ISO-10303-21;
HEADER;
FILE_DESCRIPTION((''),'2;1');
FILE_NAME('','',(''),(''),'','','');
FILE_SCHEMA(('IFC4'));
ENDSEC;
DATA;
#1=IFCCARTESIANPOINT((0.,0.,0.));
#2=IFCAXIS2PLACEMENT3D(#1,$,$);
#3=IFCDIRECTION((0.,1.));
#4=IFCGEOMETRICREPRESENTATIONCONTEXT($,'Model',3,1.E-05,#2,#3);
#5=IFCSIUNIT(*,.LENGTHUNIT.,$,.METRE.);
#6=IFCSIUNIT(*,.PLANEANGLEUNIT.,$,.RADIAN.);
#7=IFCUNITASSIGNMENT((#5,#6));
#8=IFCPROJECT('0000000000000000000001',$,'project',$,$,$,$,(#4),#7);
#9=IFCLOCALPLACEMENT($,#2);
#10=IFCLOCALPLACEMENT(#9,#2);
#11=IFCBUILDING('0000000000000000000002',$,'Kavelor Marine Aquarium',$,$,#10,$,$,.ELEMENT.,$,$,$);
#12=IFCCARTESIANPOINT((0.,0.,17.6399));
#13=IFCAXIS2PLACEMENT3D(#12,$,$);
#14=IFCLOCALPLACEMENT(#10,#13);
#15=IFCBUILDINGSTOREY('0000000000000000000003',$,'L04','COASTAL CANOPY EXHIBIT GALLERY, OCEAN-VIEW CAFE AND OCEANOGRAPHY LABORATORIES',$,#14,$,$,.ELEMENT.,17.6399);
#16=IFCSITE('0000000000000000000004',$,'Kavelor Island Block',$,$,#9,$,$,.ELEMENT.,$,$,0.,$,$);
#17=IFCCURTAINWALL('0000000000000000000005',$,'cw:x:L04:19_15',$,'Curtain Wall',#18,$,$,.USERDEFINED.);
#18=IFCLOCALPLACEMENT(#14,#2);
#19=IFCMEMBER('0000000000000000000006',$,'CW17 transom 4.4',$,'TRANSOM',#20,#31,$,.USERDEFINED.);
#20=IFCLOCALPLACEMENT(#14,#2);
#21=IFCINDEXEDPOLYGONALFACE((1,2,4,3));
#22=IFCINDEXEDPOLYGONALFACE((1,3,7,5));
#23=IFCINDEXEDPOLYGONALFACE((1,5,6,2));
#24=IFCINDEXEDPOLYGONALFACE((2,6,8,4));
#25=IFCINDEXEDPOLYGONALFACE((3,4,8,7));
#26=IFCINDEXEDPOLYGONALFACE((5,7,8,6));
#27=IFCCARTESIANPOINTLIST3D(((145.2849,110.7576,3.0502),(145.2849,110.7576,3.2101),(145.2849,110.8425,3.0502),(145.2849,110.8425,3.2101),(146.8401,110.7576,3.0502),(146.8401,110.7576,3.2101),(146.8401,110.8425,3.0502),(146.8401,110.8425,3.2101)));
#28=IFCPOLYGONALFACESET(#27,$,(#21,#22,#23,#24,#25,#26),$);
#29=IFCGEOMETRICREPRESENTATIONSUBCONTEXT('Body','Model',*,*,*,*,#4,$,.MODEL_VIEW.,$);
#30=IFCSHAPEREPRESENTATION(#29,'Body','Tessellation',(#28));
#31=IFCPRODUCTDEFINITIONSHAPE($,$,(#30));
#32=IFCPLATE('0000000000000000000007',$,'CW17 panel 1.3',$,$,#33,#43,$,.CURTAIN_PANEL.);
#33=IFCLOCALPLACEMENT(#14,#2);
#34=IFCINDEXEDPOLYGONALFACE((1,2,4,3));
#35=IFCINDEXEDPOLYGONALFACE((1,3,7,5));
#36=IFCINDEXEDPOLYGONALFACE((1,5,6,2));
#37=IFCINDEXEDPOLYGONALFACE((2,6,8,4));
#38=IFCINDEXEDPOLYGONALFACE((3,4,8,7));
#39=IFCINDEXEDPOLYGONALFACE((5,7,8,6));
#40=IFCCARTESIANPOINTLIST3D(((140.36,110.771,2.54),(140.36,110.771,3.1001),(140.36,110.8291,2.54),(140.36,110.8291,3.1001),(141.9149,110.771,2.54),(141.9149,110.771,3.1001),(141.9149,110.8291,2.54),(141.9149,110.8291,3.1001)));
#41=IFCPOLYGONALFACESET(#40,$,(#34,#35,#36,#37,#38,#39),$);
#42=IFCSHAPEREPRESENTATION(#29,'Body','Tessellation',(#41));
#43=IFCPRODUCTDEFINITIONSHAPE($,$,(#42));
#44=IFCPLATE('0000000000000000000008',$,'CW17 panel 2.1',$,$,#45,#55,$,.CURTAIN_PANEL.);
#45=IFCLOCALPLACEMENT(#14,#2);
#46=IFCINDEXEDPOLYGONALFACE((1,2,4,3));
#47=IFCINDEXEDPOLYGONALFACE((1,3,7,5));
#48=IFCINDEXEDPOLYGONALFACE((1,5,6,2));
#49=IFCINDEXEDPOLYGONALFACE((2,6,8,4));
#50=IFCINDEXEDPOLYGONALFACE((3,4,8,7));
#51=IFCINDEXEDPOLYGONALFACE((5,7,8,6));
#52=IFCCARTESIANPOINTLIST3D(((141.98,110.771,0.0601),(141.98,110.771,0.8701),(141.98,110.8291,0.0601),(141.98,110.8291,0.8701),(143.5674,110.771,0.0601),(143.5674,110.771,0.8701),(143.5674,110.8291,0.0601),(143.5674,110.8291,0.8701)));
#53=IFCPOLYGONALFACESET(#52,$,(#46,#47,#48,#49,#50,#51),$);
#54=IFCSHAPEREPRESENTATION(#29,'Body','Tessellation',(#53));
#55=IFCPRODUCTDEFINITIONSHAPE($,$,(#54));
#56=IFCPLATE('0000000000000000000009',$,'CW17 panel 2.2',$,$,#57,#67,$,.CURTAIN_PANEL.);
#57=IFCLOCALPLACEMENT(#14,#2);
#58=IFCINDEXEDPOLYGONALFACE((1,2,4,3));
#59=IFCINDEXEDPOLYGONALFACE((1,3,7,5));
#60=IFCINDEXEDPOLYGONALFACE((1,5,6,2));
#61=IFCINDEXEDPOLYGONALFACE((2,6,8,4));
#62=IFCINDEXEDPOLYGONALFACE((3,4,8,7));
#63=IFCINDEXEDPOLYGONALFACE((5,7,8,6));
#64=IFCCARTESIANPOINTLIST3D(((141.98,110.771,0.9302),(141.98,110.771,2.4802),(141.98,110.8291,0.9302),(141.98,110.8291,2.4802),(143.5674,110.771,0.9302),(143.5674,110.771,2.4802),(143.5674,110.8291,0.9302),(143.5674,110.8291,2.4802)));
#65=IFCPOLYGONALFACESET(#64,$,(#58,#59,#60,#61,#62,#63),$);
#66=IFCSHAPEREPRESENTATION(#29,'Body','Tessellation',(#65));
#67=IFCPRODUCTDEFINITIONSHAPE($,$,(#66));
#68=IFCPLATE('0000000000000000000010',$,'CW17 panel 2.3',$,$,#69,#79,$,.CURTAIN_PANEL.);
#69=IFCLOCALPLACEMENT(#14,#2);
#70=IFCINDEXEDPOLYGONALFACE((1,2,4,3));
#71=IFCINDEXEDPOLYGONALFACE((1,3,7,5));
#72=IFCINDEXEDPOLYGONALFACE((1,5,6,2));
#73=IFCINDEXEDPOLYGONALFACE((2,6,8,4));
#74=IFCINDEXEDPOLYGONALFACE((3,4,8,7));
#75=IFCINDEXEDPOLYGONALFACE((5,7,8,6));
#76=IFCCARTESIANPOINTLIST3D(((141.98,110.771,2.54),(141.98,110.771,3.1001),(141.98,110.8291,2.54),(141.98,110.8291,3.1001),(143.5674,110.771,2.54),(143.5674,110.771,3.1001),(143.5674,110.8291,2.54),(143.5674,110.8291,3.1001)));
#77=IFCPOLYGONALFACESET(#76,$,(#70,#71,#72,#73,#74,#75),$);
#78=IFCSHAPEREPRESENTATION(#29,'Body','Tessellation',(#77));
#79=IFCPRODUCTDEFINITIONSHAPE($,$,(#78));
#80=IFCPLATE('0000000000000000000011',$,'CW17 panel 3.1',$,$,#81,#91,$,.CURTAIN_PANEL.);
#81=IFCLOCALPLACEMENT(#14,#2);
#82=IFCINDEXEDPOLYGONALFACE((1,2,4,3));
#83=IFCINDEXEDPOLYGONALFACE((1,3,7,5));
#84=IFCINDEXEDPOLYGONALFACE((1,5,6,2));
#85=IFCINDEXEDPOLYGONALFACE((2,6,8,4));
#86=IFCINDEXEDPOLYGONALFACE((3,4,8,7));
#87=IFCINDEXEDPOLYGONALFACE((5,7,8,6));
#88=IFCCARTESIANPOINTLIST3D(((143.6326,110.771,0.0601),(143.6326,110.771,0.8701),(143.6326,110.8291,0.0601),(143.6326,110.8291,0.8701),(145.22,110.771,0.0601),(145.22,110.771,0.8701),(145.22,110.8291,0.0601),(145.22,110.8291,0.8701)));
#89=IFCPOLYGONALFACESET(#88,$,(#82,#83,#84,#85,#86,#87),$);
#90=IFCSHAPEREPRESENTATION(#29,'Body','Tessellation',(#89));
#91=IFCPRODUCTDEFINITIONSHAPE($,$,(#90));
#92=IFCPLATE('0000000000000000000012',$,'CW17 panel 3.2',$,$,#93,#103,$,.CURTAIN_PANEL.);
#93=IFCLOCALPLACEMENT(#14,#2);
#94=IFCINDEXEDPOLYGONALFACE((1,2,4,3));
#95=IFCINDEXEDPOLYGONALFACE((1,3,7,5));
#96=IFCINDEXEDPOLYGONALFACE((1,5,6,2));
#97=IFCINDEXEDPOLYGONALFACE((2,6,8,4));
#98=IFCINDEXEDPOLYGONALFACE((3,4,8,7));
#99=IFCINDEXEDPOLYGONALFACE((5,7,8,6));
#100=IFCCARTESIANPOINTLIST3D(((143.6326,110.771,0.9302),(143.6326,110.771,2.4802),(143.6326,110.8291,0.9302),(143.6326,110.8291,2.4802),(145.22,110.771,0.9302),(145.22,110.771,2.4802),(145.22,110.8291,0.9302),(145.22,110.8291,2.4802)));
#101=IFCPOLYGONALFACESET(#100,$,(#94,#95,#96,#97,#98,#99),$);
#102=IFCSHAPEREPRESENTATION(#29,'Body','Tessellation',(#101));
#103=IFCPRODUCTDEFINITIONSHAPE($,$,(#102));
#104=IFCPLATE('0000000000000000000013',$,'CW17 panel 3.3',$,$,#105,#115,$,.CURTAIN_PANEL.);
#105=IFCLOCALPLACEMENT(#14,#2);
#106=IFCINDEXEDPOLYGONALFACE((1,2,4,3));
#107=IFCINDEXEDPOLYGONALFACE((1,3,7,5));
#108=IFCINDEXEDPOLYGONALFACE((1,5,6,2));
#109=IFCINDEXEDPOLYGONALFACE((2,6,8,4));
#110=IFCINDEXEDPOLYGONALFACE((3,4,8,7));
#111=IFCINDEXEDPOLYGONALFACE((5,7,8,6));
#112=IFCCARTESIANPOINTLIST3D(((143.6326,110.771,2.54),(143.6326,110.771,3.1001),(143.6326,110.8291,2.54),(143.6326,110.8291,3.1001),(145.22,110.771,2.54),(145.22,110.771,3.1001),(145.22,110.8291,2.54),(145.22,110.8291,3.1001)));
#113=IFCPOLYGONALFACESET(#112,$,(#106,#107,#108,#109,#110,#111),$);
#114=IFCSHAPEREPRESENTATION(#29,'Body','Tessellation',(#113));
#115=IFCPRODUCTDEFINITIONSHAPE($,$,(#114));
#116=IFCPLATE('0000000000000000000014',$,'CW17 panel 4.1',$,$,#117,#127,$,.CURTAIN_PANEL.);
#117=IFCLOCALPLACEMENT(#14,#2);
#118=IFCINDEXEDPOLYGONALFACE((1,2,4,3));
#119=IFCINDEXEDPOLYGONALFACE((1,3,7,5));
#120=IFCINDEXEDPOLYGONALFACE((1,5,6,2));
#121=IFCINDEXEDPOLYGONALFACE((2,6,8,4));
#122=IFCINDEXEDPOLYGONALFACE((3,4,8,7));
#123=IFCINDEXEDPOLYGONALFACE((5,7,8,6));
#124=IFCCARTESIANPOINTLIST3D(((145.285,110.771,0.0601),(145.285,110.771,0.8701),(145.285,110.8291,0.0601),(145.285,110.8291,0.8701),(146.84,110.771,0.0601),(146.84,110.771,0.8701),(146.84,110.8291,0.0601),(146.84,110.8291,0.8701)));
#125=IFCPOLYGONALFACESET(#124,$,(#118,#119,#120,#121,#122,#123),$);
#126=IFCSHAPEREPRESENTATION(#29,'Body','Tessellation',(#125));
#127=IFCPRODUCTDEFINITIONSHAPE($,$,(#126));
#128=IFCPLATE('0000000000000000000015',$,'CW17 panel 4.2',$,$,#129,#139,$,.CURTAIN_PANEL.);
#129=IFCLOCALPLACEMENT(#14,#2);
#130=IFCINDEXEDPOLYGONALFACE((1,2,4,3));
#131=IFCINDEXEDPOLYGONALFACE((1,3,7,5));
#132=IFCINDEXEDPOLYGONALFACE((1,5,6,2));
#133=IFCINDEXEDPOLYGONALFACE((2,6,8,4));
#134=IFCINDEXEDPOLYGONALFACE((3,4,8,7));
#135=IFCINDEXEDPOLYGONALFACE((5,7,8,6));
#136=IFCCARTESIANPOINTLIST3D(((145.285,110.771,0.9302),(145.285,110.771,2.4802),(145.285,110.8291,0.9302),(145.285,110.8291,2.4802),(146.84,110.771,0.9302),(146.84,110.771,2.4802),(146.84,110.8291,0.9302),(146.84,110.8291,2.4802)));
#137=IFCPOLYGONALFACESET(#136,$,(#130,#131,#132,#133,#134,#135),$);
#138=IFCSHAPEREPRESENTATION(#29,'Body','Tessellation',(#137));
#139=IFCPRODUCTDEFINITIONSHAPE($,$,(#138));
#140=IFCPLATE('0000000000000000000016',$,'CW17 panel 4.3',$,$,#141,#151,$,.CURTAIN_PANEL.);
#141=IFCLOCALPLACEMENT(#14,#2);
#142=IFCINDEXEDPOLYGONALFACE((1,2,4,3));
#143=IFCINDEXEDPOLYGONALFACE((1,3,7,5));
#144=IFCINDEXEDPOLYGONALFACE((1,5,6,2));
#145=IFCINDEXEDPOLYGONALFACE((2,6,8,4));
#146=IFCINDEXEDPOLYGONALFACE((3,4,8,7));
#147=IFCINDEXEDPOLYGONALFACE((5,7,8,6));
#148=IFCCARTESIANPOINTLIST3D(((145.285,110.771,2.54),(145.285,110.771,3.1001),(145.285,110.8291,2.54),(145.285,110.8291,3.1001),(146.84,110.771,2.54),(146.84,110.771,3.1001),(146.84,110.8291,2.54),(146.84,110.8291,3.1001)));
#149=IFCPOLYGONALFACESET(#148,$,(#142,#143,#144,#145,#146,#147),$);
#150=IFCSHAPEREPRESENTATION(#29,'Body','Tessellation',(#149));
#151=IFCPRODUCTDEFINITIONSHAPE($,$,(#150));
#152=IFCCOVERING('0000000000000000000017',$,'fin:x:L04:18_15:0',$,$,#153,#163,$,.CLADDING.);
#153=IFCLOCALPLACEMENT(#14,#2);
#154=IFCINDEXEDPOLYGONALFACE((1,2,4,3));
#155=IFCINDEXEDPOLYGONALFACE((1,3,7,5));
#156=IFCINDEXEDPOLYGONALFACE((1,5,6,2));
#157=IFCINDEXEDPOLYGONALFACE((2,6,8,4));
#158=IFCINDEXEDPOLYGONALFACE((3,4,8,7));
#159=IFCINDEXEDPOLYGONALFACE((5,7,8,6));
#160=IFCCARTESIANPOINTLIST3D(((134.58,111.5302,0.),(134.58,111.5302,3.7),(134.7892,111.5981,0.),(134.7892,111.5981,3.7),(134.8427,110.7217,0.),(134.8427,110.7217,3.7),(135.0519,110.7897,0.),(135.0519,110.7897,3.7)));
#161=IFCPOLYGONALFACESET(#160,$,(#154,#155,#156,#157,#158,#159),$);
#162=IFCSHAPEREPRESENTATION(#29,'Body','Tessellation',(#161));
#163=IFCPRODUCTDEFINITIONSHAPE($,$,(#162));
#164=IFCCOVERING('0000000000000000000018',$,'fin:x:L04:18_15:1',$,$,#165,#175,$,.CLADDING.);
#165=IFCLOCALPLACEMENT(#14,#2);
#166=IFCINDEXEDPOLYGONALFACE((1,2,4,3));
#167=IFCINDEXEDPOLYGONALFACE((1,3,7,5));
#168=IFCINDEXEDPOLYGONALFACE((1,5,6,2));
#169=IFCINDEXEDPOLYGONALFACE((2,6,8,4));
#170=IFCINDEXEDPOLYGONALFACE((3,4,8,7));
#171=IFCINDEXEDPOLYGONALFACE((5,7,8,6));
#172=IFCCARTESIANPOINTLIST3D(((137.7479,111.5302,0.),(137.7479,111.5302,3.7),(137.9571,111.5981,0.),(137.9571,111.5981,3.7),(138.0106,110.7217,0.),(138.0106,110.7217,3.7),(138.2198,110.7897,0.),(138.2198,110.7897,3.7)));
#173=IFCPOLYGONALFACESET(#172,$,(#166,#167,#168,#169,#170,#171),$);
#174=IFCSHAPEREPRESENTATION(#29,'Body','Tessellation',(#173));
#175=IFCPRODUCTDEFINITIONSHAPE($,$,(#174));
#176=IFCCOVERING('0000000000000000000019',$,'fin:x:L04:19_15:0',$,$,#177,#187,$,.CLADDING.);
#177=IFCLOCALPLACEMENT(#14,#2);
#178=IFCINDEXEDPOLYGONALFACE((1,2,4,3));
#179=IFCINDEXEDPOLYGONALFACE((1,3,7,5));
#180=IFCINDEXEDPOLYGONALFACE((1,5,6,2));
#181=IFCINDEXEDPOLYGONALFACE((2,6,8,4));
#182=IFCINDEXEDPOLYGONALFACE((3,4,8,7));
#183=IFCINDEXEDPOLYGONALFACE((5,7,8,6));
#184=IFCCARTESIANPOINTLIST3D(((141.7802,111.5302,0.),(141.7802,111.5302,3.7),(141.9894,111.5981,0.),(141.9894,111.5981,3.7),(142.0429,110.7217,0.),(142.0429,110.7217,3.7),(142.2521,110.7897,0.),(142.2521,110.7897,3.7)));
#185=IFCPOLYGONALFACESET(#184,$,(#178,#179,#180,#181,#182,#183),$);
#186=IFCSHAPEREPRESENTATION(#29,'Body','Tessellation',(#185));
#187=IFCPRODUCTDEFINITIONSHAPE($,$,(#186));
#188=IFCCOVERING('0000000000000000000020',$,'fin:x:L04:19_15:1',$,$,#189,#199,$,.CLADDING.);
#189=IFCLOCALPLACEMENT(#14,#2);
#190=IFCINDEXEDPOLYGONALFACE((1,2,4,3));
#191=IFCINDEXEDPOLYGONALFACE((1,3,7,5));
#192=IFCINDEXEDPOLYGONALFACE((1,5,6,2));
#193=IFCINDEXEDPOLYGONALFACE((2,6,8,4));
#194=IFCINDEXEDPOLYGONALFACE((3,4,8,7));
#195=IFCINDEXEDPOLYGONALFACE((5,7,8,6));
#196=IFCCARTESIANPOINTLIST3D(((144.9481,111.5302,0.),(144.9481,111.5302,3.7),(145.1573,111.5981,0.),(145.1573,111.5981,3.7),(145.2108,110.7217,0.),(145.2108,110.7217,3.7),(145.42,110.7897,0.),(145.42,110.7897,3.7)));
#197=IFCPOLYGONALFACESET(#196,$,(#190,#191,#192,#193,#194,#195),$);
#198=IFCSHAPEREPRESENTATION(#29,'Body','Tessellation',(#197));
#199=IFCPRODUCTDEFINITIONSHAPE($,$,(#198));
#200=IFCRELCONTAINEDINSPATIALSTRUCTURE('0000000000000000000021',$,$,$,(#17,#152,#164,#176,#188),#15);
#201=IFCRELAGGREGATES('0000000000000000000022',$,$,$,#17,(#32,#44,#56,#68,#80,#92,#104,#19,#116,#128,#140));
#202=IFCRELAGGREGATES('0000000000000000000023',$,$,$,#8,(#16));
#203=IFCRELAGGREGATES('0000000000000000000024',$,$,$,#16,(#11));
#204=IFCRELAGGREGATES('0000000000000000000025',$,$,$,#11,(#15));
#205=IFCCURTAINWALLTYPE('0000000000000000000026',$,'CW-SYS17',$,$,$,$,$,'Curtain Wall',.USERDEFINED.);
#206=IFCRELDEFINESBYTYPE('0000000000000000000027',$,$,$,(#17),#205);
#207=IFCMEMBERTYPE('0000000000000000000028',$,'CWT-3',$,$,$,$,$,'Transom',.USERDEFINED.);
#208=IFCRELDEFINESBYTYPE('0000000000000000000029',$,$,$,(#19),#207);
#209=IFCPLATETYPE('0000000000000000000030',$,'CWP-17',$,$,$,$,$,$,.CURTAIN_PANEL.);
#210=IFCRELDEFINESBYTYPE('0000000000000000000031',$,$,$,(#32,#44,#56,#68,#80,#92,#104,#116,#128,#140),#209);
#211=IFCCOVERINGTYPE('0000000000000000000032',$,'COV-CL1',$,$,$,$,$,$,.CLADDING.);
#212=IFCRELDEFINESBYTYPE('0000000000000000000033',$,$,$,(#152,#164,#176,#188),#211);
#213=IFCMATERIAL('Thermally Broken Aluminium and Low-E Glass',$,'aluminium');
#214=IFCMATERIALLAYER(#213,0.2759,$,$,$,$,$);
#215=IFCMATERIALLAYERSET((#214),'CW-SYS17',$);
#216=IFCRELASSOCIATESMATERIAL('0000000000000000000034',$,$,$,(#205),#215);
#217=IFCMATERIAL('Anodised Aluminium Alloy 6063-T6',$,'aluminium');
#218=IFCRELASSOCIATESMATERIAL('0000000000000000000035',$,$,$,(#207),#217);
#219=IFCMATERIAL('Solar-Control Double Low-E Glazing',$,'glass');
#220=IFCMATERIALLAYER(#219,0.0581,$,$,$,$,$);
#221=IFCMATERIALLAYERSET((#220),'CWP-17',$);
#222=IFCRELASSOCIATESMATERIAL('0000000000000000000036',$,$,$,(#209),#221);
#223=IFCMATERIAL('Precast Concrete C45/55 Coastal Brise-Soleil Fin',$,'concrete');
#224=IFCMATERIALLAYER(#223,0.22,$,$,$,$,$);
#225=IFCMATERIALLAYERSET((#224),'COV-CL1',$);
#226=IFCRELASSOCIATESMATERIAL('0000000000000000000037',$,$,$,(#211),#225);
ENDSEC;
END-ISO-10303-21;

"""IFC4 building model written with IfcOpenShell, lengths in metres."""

from ifc_helpers import new_model, si_unit, direction, frame, origin, origin_2d, place, context, subcontext, project, spatial, rectangle, extrude, material, layer, layer_set, material_profile, profile_set, type_object, element, aggregate, save


model = new_model("IFC4")

# Units and contexts
model_context = context("Model", 3, precision=1e-05, world=origin(), true_north=direction((0.0, 1.0)))
body_context = subcontext(model_context, "Body", "Model", "MODEL_VIEW")
ifc_project = project(units=[si_unit("LENGTHUNIT", "METRE"), si_unit("PLANEANGLEUNIT", "RADIAN")], contexts=[model_context])

# Site, building, storey
site_placement = place(None, origin())
site = spatial("IfcSite", under=ifc_project, at=site_placement, Name="Kavelor Island Block", CompositionType="ELEMENT", RefElevation=0.0)
building_placement = place(site_placement, origin())
building = spatial("IfcBuilding", under=site, at=building_placement, Name="Kavelor Marine Aquarium", CompositionType="ELEMENT")
storey_placement = place(building_placement, frame((0.0, 0.0, 17.6399)))
storey = spatial("IfcBuildingStorey", under=building, at=storey_placement, Name="L04", Description="COASTAL CANOPY EXHIBIT GALLERY, OCEAN-VIEW CAFE AND OCEANOGRAPHY LABORATORIES", CompositionType="ELEMENT", Elevation=17.6399)

# Curtain wall, member, plates
ifc_material_1 = material(Name="Thermally Broken Aluminium and Low-E Glass", Category="aluminium")
ifc_layer_1 = layer(ifc_material_1, 0.2759)
ifc_layer_set_1 = layer_set([ifc_layer_1], Name="CW-SYS17")
curtain_wall_type = type_object("IfcCurtainWallType", Name="CW-SYS17", ElementType="Curtain Wall", PredefinedType="USERDEFINED", material=ifc_layer_set_1)
curtain_wall_placement = place(storey_placement, origin())
curtain_wall = element("IfcCurtainWall", 1, at=curtain_wall_placement, inside=storey, type_object=curtain_wall_type, Name="cw:x:L04:19_15", ObjectType="Curtain Wall", PredefinedType="USERDEFINED")
ifc_material_2 = material(Name="Anodised Aluminium Alloy 6063-T6", Category="aluminium")
ifc_material_profile_1 = material_profile(ifc_material_2, rectangle(XDim=0.085, YDim=0.1599, at=origin_2d()), Name="CW-TRN 85x160")
ifc_profile_set_1 = profile_set([ifc_material_profile_1], Name="Anodised Aluminium Alloy 6063-T6")
member_type_1 = type_object("IfcMemberType", Name="CWT-3", ElementType="Transom", PredefinedType="USERDEFINED", material=ifc_profile_set_1)
member_1_placement = place(storey_placement, frame((145.2849, 110.8, 3.1301), z_axis=(1.0, 0.0, 0.0), x_axis=(0.0, 1.0, 0.0)))
member_1 = element("IfcMember", 2, at=member_1_placement, type_object=member_type_1, Name="CW17 transom 4.4", ObjectType="TRANSOM", PredefinedType="USERDEFINED", context=body_context, shape_type="SweptSolid", body=[
    extrude(rectangle(XDim=0.085, YDim=0.1599, at=origin_2d()), origin(), (0.0, 0.0, 1.0), 1.5552),
])
ifc_material_3 = material(Name="Solar-Control Double Low-E Glazing", Category="glass")
ifc_layer_2 = layer(ifc_material_3, 0.0581)
ifc_layer_set_2 = layer_set([ifc_layer_2], Name="CWP-17")
plate_type = type_object("IfcPlateType", Name="CWP-17", PredefinedType="CURTAIN_PANEL", material=ifc_layer_set_2)
plate_1_placement = place(storey_placement, frame((141.1375, 110.8, 2.54), z_axis=(0.0, 0.0, 1.0), x_axis=(1.0, 0.0, 0.0)))
plate_1 = element("IfcPlate", 3, at=plate_1_placement, type_object=plate_type, Name="CW17 panel 1.3", PredefinedType="CURTAIN_PANEL", context=body_context, shape_type="SweptSolid", body=[
    extrude(rectangle(XDim=1.5549, YDim=0.0581, at=origin_2d()), origin(), (0.0, 0.0, 1.0), 0.5601),
])
plate_2_placement = place(storey_placement, frame((142.7737, 110.8, 0.0601), z_axis=(0.0, 0.0, 1.0), x_axis=(1.0, 0.0, 0.0)))
plate_2 = element("IfcPlate", 4, at=plate_2_placement, type_object=plate_type, Name="CW17 panel 2.1", PredefinedType="CURTAIN_PANEL", context=body_context, shape_type="SweptSolid", body=[
    extrude(rectangle(XDim=1.5874, YDim=0.0581, at=origin_2d()), origin(), (0.0, 0.0, 1.0), 0.8101),
])
plate_3_placement = place(storey_placement, frame((142.7737, 110.8, 0.9302), z_axis=(0.0, 0.0, 1.0), x_axis=(1.0, 0.0, 0.0)))
plate_3 = element("IfcPlate", 5, at=plate_3_placement, type_object=plate_type, Name="CW17 panel 2.2", PredefinedType="CURTAIN_PANEL", context=body_context, shape_type="SweptSolid", body=[
    extrude(rectangle(XDim=1.5874, YDim=0.0581, at=origin_2d()), origin(), (0.0, 0.0, 1.0), 1.55),
])
plate_4_placement = place(storey_placement, frame((142.7737, 110.8, 2.54), z_axis=(0.0, 0.0, 1.0), x_axis=(1.0, 0.0, 0.0)))
plate_4 = element("IfcPlate", 6, at=plate_4_placement, type_object=plate_type, Name="CW17 panel 2.3", PredefinedType="CURTAIN_PANEL", context=body_context, shape_type="SweptSolid", body=[
    extrude(rectangle(XDim=1.5874, YDim=0.0581, at=origin_2d()), origin(), (0.0, 0.0, 1.0), 0.5601),
])
plate_5_placement = place(storey_placement, frame((144.4263, 110.8, 0.0601), z_axis=(0.0, 0.0, 1.0), x_axis=(1.0, 0.0, 0.0)))
plate_5 = element("IfcPlate", 7, at=plate_5_placement, type_object=plate_type, Name="CW17 panel 3.1", PredefinedType="CURTAIN_PANEL", context=body_context, shape_type="SweptSolid", body=[
    extrude(rectangle(XDim=1.5874, YDim=0.0581, at=origin_2d()), origin(), (0.0, 0.0, 1.0), 0.8101),
])
plate_6_placement = place(storey_placement, frame((144.4263, 110.8, 0.9302), z_axis=(0.0, 0.0, 1.0), x_axis=(1.0, 0.0, 0.0)))
plate_6 = element("IfcPlate", 8, at=plate_6_placement, type_object=plate_type, Name="CW17 panel 3.2", PredefinedType="CURTAIN_PANEL", context=body_context, shape_type="SweptSolid", body=[
    extrude(rectangle(XDim=1.5874, YDim=0.0581, at=origin_2d()), origin(), (0.0, 0.0, 1.0), 1.55),
])
plate_7_placement = place(storey_placement, frame((144.4263, 110.8, 2.54), z_axis=(0.0, 0.0, 1.0), x_axis=(1.0, 0.0, 0.0)))
plate_7 = element("IfcPlate", 9, at=plate_7_placement, type_object=plate_type, Name="CW17 panel 3.3", PredefinedType="CURTAIN_PANEL", context=body_context, shape_type="SweptSolid", body=[
    extrude(rectangle(XDim=1.5874, YDim=0.0581, at=origin_2d()), origin(), (0.0, 0.0, 1.0), 0.5601),
])
plate_8_placement = place(storey_placement, frame((146.0625, 110.8, 0.0601), z_axis=(0.0, 0.0, 1.0), x_axis=(1.0, 0.0, 0.0)))
plate_8 = element("IfcPlate", 10, at=plate_8_placement, type_object=plate_type, Name="CW17 panel 4.1", PredefinedType="CURTAIN_PANEL", context=body_context, shape_type="SweptSolid", body=[
    extrude(rectangle(XDim=1.5549, YDim=0.0581, at=origin_2d()), origin(), (0.0, 0.0, 1.0), 0.8101),
])
plate_9_placement = place(storey_placement, frame((146.0625, 110.8, 0.9302), z_axis=(0.0, 0.0, 1.0), x_axis=(1.0, 0.0, 0.0)))
plate_9 = element("IfcPlate", 11, at=plate_9_placement, type_object=plate_type, Name="CW17 panel 4.2", PredefinedType="CURTAIN_PANEL", context=body_context, shape_type="SweptSolid", body=[
    extrude(rectangle(XDim=1.5549, YDim=0.0581, at=origin_2d()), origin(), (0.0, 0.0, 1.0), 1.55),
])
plate_10_placement = place(storey_placement, frame((146.0625, 110.8, 2.54), z_axis=(0.0, 0.0, 1.0), x_axis=(1.0, 0.0, 0.0)))
plate_10 = element("IfcPlate", 12, at=plate_10_placement, type_object=plate_type, Name="CW17 panel 4.3", PredefinedType="CURTAIN_PANEL", context=body_context, shape_type="SweptSolid", body=[
    extrude(rectangle(XDim=1.5549, YDim=0.0581, at=origin_2d()), origin(), (0.0, 0.0, 1.0), 0.5601),
])
aggregate(curtain_wall, [plate_1, plate_2, plate_3, plate_4, plate_5, plate_6, plate_7, member_1, plate_8, plate_9, plate_10])

# Coverings
ifc_material_4 = material(Name="Precast Concrete C45/55 Coastal Brise-Soleil Fin", Category="concrete")
ifc_layer_3 = layer(ifc_material_4, 0.22)
ifc_layer_set_3 = layer_set([ifc_layer_3], Name="COV-CL1")
covering_type = type_object("IfcCoveringType", Name="COV-CL1", PredefinedType="CLADDING", material=ifc_layer_set_3)
for number, where, z_axis, x_axis, name in (
    (13, (134.8159, 111.1599, 0.0), (0.0, 0.0, 1.0), (0.951057, 0.309017, 0.0), "fin:x:L04:18_15:0"),
    (14, (137.9839, 111.1599, 0.0), (0.0, 0.0, 1.0), (0.951057, 0.309017, 0.0), "fin:x:L04:18_15:1"),
    (15, (142.0161, 111.1599, 0.0), (0.0, 0.0, 1.0), (0.951057, 0.309017, 0.0), "fin:x:L04:19_15:0"),
    (16, (145.1841, 111.1599, 0.0), (0.0, 0.0, 1.0), (0.951057, 0.309017, 0.0), "fin:x:L04:19_15:1"),
):
    element("IfcCovering", number, at=place(storey_placement, frame(where, z_axis=z_axis, x_axis=x_axis)), inside=storey, type_object=covering_type, Name=name, PredefinedType="CLADDING", context=body_context, shape_type="SweptSolid", body=[
        extrude(rectangle(XDim=0.22, YDim=0.8501, at=origin_2d()), origin(), (0.0, 0.0, 1.0), 3.7),
    ])

save(model, "model.ifc")
